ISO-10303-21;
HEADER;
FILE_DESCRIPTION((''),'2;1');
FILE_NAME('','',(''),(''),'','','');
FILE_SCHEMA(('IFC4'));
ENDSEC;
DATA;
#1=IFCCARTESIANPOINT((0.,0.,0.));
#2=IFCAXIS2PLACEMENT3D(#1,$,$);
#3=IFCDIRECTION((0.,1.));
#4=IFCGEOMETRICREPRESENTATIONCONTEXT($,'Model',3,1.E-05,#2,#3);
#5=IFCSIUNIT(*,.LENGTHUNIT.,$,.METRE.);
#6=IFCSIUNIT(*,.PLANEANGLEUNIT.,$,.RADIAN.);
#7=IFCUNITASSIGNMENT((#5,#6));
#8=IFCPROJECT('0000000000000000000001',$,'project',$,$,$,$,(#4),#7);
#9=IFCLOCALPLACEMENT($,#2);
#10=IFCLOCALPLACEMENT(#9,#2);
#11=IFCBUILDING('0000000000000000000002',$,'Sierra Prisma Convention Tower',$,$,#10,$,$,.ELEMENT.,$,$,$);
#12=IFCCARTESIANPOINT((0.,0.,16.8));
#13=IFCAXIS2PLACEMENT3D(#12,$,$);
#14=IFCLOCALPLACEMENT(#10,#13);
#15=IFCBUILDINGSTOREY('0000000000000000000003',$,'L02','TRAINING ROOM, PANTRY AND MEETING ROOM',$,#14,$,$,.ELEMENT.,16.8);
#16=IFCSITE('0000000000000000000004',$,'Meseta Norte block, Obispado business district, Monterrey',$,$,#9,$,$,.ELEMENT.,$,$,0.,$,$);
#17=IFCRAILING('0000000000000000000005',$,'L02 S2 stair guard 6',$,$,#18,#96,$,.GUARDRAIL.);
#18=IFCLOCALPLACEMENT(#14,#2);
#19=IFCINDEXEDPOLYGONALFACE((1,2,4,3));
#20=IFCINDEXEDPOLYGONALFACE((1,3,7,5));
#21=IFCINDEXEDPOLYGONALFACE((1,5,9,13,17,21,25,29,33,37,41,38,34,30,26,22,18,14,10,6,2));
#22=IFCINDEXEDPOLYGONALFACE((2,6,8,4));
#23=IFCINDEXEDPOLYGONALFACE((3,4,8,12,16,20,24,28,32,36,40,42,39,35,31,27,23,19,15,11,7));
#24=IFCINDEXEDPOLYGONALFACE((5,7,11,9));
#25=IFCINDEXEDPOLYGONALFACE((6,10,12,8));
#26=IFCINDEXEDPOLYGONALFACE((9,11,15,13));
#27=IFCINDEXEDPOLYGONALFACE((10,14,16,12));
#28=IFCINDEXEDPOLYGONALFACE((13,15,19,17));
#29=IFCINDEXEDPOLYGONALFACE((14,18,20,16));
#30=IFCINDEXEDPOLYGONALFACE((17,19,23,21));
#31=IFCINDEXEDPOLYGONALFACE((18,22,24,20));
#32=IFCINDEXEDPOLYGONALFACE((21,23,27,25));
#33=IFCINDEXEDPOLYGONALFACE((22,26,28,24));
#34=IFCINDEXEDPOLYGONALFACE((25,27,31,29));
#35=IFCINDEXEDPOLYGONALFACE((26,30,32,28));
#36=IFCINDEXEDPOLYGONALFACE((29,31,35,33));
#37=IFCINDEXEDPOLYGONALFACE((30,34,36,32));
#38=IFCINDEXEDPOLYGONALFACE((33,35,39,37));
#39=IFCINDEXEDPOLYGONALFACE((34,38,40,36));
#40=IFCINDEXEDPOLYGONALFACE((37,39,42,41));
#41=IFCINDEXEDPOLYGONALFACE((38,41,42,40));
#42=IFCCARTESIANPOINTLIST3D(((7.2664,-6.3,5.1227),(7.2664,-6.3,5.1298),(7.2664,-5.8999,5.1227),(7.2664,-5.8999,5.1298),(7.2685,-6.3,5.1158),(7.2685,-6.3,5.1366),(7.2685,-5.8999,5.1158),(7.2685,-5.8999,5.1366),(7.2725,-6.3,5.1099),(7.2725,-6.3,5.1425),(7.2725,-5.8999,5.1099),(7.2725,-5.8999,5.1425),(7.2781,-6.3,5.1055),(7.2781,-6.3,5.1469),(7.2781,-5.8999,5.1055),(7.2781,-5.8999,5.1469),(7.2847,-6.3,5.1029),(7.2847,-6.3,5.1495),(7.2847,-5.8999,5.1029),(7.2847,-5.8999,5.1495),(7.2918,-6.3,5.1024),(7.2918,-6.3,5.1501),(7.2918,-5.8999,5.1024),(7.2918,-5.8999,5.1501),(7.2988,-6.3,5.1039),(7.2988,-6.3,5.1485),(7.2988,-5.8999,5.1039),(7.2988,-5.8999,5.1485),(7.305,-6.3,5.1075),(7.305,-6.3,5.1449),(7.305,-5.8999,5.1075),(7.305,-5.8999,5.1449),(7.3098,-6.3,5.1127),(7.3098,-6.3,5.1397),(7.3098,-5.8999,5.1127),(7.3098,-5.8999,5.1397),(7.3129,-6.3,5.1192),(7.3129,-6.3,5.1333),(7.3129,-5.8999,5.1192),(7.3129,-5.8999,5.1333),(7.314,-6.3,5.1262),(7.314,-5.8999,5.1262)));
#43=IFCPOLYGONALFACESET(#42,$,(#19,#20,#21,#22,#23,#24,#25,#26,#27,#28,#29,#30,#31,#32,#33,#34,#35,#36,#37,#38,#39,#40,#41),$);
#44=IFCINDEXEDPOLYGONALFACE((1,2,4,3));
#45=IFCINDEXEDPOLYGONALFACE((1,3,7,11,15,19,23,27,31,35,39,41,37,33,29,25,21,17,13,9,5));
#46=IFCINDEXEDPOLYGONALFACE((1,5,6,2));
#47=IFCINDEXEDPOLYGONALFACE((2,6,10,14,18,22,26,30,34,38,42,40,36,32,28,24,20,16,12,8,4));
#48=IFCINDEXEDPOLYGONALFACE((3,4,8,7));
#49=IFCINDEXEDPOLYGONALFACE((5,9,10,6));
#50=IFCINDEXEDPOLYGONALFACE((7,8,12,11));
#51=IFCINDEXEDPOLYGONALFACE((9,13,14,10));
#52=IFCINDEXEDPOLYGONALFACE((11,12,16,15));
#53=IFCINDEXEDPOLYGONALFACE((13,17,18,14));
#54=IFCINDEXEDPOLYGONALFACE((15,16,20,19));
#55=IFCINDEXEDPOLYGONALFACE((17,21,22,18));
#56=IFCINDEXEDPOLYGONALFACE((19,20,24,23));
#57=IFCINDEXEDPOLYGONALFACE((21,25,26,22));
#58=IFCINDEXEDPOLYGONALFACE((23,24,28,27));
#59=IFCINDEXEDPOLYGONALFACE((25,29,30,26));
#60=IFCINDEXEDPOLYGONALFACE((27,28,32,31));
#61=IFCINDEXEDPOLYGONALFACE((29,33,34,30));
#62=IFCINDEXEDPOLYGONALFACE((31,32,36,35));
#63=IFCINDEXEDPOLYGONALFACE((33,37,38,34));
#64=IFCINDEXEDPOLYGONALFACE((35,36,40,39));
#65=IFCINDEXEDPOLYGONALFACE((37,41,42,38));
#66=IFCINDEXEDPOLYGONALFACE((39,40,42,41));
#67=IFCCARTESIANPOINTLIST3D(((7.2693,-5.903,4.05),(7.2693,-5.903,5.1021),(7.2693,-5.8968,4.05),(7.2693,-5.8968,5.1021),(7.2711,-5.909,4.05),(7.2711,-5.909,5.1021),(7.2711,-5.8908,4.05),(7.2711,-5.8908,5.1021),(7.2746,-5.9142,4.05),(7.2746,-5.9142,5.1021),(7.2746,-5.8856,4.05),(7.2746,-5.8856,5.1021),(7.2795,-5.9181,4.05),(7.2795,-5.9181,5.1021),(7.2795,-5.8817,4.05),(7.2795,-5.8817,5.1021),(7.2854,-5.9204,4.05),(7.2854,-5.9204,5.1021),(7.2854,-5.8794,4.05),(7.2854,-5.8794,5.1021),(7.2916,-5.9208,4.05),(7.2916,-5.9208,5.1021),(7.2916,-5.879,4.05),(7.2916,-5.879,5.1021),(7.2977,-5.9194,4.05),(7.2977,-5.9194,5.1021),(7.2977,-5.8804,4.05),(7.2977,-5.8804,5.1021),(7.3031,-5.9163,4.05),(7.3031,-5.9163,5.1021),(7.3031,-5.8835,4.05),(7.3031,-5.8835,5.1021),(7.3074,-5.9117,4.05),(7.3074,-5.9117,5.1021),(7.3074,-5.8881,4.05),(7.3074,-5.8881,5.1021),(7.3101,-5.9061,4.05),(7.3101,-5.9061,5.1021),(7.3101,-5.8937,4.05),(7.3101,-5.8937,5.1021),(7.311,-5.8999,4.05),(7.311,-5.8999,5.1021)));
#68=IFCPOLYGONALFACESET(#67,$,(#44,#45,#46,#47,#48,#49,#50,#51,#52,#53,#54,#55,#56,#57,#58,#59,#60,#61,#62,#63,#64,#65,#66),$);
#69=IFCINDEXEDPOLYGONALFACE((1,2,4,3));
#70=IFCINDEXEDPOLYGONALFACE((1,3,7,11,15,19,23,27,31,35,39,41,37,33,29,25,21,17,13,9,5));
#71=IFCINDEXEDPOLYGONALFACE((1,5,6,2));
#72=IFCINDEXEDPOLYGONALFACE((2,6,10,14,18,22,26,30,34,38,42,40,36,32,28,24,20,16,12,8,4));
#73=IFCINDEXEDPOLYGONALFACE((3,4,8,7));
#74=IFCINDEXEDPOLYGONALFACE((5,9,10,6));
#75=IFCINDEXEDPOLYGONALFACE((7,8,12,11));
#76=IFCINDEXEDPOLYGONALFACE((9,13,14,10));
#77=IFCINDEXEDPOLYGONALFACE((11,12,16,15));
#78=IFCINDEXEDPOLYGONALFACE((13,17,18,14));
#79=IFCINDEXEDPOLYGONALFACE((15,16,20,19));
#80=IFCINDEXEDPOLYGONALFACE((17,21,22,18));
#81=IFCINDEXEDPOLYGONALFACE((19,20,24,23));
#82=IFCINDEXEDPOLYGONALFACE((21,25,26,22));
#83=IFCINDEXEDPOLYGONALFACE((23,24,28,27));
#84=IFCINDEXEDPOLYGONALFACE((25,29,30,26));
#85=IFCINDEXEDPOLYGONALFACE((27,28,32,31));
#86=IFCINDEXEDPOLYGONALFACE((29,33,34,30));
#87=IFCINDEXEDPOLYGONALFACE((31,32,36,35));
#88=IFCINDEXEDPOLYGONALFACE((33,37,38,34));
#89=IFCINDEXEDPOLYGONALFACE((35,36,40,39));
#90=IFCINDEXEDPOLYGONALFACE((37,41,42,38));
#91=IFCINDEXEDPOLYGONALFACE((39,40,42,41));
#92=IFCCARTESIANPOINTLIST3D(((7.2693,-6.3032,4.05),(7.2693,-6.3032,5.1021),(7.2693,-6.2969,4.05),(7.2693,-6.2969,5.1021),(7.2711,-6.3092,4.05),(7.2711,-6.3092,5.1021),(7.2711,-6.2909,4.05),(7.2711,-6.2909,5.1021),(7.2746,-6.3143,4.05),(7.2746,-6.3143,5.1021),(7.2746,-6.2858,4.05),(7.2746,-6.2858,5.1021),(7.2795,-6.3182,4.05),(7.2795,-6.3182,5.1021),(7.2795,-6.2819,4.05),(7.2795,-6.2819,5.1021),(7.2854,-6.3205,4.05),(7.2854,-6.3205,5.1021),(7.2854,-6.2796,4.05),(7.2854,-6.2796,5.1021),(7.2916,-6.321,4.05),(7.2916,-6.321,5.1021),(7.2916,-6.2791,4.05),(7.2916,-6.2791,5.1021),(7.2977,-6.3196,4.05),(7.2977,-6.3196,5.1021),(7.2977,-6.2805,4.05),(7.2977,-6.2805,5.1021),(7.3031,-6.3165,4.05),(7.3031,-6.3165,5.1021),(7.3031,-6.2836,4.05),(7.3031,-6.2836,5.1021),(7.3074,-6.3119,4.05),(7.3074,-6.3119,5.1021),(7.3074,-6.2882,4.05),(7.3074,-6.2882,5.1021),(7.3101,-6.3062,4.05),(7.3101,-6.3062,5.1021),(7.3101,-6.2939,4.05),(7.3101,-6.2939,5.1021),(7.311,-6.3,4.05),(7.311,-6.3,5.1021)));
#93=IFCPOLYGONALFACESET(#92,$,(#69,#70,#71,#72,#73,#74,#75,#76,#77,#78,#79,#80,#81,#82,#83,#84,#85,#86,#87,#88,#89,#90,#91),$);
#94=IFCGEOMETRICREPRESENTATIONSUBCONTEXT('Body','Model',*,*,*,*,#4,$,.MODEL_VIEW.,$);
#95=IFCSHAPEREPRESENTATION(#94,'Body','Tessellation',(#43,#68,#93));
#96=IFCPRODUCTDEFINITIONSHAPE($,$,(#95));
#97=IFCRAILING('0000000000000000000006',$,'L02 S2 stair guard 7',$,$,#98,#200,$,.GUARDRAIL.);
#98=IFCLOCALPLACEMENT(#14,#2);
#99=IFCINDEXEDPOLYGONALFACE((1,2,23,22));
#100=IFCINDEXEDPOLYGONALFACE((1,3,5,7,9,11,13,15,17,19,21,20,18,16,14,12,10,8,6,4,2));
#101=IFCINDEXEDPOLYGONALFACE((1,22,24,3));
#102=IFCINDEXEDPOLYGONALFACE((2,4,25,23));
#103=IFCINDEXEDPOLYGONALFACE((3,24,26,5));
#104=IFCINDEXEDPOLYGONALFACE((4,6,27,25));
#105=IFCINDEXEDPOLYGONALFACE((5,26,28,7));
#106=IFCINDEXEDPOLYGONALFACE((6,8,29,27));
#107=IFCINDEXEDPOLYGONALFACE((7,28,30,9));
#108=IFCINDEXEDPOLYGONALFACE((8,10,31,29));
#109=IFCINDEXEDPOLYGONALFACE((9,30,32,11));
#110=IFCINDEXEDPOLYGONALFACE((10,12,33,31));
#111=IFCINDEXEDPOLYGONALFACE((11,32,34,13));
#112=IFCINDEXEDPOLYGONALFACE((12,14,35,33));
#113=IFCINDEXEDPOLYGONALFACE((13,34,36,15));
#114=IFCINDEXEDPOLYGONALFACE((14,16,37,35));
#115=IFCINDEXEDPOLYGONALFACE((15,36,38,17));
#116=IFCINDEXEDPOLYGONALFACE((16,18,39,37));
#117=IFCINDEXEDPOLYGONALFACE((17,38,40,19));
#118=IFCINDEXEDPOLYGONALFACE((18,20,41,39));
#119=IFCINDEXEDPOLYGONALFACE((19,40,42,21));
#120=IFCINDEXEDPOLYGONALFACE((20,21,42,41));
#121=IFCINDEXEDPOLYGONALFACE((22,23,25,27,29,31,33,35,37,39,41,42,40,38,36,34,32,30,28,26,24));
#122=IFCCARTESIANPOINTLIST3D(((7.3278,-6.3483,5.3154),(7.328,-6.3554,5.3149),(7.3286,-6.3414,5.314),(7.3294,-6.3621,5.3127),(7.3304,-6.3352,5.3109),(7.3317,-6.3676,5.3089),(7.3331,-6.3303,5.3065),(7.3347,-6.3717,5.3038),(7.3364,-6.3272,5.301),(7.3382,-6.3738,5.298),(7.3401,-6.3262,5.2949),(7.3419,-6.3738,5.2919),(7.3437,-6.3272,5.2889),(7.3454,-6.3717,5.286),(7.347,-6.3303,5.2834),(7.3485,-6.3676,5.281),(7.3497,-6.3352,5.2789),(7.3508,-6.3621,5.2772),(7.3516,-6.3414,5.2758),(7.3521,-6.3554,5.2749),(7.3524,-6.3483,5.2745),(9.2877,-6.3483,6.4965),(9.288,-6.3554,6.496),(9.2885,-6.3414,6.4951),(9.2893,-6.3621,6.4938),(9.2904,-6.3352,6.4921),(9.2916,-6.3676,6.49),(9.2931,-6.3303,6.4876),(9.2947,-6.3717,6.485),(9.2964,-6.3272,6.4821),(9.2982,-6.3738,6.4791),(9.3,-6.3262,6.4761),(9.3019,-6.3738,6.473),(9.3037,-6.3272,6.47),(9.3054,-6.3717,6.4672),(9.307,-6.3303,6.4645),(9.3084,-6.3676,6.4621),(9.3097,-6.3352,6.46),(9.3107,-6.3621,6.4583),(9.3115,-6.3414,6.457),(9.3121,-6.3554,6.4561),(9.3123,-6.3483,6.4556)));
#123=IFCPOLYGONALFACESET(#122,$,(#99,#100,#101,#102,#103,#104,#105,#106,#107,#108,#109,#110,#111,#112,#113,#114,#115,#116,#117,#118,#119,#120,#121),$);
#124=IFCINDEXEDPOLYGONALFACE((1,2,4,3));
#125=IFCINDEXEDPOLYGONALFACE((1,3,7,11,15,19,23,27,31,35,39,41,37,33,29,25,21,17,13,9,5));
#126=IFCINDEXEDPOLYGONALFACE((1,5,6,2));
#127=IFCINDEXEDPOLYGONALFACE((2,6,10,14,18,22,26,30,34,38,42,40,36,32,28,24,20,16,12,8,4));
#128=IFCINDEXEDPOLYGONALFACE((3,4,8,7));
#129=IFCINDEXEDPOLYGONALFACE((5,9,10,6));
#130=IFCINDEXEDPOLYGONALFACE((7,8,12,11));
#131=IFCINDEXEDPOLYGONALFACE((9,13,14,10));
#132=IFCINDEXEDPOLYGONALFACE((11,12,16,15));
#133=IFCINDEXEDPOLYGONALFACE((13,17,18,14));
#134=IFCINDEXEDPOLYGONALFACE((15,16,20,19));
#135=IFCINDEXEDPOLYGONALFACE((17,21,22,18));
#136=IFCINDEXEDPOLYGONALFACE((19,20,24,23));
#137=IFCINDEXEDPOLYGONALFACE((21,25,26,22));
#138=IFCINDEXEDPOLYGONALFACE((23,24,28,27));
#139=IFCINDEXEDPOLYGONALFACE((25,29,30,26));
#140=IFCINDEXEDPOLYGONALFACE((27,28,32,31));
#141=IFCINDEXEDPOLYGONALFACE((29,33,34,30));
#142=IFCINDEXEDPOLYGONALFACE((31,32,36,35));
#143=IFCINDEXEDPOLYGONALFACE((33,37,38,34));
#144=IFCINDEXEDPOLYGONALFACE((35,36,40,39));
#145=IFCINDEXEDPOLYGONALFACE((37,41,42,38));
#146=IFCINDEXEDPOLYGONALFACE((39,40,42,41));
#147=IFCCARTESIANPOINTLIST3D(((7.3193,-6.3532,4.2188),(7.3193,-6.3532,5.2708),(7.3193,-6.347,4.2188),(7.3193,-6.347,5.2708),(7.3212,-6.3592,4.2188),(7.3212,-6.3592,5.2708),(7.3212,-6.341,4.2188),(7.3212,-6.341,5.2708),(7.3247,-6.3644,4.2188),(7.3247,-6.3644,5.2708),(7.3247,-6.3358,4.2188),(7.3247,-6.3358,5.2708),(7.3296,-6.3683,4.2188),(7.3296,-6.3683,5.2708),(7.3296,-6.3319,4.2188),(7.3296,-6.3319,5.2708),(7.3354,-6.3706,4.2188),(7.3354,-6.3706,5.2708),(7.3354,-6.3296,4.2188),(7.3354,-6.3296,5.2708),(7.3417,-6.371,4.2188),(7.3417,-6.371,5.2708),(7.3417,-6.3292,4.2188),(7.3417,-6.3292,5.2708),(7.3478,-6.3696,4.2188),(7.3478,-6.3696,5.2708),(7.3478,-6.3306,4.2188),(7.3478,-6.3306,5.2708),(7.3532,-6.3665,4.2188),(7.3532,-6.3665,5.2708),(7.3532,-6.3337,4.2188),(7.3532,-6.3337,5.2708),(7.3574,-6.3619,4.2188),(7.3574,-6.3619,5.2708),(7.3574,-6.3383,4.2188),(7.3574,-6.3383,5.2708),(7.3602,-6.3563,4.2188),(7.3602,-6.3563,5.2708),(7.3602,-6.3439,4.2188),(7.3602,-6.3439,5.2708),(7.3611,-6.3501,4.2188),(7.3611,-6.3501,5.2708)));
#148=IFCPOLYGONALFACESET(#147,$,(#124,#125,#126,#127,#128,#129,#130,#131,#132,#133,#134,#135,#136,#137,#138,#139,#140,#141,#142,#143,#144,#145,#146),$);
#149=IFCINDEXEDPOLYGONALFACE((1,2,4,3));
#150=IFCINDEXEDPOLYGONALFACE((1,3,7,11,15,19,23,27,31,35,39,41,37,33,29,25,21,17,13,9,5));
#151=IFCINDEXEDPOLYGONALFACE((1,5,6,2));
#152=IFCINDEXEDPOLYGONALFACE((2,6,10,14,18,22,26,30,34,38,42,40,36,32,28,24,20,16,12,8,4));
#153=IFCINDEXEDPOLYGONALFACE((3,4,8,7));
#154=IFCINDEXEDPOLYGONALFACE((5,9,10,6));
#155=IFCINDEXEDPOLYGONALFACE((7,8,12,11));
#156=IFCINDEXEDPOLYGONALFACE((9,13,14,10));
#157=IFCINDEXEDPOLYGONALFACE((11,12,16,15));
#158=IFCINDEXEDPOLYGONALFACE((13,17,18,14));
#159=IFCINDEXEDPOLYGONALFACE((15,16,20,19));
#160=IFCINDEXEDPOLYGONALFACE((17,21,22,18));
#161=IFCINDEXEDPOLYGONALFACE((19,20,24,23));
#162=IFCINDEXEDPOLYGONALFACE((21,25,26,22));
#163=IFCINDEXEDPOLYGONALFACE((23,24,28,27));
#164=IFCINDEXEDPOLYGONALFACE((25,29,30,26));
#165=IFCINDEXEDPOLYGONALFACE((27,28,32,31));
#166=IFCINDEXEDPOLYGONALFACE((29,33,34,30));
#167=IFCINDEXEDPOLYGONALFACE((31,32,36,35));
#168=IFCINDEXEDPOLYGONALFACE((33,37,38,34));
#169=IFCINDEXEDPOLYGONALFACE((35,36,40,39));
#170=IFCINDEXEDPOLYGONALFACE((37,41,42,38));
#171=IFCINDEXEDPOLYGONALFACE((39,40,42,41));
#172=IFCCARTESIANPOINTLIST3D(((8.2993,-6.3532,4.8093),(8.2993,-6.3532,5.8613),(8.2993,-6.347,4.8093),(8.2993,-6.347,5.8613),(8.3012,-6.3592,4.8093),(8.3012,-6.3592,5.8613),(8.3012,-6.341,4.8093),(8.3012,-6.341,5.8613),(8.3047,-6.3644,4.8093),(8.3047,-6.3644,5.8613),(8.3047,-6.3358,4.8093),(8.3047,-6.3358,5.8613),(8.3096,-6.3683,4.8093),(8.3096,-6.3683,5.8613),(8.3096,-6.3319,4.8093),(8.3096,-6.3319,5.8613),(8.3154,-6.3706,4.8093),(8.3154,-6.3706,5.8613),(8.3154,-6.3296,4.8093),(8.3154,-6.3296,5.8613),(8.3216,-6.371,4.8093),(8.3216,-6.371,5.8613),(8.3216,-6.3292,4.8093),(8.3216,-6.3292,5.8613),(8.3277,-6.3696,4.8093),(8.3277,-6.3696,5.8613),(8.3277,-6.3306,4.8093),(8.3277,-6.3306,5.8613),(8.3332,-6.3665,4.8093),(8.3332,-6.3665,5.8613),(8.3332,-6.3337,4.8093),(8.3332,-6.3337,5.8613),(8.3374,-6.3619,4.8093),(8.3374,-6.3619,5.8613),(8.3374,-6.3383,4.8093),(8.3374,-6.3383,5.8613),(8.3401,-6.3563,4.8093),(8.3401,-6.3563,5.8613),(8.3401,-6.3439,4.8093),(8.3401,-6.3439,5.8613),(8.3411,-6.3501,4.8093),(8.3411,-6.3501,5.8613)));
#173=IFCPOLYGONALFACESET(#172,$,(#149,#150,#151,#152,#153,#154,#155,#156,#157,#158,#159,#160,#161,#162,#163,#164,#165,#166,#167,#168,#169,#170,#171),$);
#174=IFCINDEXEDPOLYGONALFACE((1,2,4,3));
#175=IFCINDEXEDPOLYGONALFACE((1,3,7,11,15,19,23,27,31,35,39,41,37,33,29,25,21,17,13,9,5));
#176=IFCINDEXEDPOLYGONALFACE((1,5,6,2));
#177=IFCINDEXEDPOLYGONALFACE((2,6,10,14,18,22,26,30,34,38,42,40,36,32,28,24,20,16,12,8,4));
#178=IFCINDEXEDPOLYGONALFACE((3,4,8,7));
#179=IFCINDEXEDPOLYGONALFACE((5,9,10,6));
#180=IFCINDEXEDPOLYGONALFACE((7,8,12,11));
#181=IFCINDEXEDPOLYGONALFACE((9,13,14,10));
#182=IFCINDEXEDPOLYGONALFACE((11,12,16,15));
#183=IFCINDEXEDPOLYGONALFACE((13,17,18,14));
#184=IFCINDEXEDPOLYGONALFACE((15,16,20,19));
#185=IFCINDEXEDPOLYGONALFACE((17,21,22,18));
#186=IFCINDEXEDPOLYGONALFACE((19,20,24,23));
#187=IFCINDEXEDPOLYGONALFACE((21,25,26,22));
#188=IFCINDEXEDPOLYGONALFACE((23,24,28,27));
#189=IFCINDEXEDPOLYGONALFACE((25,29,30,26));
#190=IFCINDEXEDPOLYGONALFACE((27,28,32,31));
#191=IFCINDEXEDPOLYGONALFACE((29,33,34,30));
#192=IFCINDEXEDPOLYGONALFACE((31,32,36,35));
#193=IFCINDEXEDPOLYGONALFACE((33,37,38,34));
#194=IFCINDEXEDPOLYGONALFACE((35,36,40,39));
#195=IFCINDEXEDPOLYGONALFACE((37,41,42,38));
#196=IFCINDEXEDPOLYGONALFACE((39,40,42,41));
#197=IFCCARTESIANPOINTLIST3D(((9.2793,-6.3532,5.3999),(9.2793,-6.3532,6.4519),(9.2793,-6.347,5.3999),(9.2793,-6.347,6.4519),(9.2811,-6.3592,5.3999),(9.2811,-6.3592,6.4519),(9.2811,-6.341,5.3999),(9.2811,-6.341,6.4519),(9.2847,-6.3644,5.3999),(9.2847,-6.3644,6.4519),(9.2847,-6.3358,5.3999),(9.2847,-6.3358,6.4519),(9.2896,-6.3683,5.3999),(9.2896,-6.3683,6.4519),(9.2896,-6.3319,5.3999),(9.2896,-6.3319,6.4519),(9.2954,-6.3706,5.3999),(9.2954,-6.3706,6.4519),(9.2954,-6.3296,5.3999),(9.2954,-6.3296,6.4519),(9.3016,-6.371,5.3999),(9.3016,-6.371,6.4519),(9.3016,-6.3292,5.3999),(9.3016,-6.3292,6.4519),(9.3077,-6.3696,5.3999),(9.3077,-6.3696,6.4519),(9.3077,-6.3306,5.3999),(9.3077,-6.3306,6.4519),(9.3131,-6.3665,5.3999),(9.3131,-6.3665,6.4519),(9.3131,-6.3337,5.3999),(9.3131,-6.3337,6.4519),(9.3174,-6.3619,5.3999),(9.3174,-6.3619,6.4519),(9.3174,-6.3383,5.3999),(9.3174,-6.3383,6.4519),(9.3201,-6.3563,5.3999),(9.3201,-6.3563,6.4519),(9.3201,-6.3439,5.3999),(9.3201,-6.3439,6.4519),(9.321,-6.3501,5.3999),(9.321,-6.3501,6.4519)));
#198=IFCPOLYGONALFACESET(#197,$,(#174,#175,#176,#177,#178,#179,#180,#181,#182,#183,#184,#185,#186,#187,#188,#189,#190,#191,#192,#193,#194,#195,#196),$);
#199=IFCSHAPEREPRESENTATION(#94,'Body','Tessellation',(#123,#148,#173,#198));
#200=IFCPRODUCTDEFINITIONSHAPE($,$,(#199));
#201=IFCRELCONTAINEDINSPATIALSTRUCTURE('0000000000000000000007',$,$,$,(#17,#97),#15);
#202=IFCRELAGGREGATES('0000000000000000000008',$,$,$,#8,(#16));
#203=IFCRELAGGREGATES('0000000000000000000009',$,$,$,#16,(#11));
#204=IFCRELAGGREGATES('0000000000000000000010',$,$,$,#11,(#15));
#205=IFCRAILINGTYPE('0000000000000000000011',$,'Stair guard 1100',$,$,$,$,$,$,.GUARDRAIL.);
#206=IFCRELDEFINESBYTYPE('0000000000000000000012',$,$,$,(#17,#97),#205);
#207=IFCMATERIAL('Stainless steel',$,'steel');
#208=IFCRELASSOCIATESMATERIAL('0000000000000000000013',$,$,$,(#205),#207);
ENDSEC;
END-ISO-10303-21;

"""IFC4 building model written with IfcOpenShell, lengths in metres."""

from ifc_helpers import new_model, si_unit, direction, frame, origin, origin_2d, place, context, subcontext, project, spatial, circle, extrude, material, type_object, element, save


model = new_model("IFC4")

# Units and contexts
model_context = context("Model", 3, precision=1e-05, world=origin(), true_north=direction((0.0, 1.0)))
body_context = subcontext(model_context, "Body", "Model", "MODEL_VIEW")
ifc_project = project(units=[si_unit("LENGTHUNIT", "METRE"), si_unit("PLANEANGLEUNIT", "RADIAN")], contexts=[model_context])

# Site, building, storey
site_placement = place(None, origin())
site = spatial("IfcSite", under=ifc_project, at=site_placement, Name="Meseta Norte block, Obispado business district, Monterrey", CompositionType="ELEMENT", RefElevation=0.0)
building_placement = place(site_placement, origin())
building = spatial("IfcBuilding", under=site, at=building_placement, Name="Sierra Prisma Convention Tower", CompositionType="ELEMENT")
storey_placement = place(building_placement, frame((0.0, 0.0, 16.8)))
storey = spatial("IfcBuildingStorey", under=building, at=storey_placement, Name="L02", Description="TRAINING ROOM, PANTRY AND MEETING ROOM", CompositionType="ELEMENT", Elevation=16.8)

# Railings
ifc_material_1 = material(Name="Stainless steel", Category="steel")
railing_type_1 = type_object("IfcRailingType", Name="Stair guard 1100", PredefinedType="GUARDRAIL", material=ifc_material_1)
for number, where, name in (
    (1, (7.29, -5.8999, 4.05), "L02 S2 stair guard 6"),
):
    element("IfcRailing", number, at=place(storey_placement, frame(where)), inside=storey, type_object=railing_type_1, Name=name, PredefinedType="GUARDRAIL", context=body_context, shape_type="SweptSolid", body=[
        extrude(circle(Radius=0.0239, at=origin_2d()), frame((0.0, 0.0, 1.0762), z_axis=(0.0, -1.0, 0.0), x_axis=(1.0, 0.0, 0.0)), (0.0, 0.0, 1.0), 0.4001),
        extrude(circle(Radius=0.021, at=origin_2d()), origin(), (0.0, 0.0, 1.0), 1.052),
        extrude(circle(Radius=0.021, at=origin_2d()), frame((0.0, -0.4001, 0.0)), (0.0, 0.0, 1.0), 1.052),
    ])
railing_1_placement = place(storey_placement, frame((7.3401, -6.3501, 4.2188)))
element("IfcRailing", 2, at=railing_1_placement, inside=storey, type_object=railing_type_1, Name="L02 S2 stair guard 7", PredefinedType="GUARDRAIL", context=body_context, shape_type="SweptSolid", body=[
    extrude(circle(Radius=0.0239, at=origin_2d()), frame((0.0, 0.0, 1.0762), z_axis=(0.856493, 0.0, 0.516158), x_axis=(0.0, 1.0, 0.0)), (0.0, 0.0, 1.0), 2.2883),
    extrude(circle(Radius=0.021, at=origin_2d()), origin(), (0.0, 0.0, 1.0), 1.052),
    extrude(circle(Radius=0.021, at=origin_2d()), frame((0.98, 0.0, 0.5906)), (0.0, 0.0, 1.0), 1.052),
    extrude(circle(Radius=0.021, at=origin_2d()), frame((1.96, 0.0, 1.1812)), (0.0, 0.0, 1.0), 1.052),
])

save(model, "model.ifc")
